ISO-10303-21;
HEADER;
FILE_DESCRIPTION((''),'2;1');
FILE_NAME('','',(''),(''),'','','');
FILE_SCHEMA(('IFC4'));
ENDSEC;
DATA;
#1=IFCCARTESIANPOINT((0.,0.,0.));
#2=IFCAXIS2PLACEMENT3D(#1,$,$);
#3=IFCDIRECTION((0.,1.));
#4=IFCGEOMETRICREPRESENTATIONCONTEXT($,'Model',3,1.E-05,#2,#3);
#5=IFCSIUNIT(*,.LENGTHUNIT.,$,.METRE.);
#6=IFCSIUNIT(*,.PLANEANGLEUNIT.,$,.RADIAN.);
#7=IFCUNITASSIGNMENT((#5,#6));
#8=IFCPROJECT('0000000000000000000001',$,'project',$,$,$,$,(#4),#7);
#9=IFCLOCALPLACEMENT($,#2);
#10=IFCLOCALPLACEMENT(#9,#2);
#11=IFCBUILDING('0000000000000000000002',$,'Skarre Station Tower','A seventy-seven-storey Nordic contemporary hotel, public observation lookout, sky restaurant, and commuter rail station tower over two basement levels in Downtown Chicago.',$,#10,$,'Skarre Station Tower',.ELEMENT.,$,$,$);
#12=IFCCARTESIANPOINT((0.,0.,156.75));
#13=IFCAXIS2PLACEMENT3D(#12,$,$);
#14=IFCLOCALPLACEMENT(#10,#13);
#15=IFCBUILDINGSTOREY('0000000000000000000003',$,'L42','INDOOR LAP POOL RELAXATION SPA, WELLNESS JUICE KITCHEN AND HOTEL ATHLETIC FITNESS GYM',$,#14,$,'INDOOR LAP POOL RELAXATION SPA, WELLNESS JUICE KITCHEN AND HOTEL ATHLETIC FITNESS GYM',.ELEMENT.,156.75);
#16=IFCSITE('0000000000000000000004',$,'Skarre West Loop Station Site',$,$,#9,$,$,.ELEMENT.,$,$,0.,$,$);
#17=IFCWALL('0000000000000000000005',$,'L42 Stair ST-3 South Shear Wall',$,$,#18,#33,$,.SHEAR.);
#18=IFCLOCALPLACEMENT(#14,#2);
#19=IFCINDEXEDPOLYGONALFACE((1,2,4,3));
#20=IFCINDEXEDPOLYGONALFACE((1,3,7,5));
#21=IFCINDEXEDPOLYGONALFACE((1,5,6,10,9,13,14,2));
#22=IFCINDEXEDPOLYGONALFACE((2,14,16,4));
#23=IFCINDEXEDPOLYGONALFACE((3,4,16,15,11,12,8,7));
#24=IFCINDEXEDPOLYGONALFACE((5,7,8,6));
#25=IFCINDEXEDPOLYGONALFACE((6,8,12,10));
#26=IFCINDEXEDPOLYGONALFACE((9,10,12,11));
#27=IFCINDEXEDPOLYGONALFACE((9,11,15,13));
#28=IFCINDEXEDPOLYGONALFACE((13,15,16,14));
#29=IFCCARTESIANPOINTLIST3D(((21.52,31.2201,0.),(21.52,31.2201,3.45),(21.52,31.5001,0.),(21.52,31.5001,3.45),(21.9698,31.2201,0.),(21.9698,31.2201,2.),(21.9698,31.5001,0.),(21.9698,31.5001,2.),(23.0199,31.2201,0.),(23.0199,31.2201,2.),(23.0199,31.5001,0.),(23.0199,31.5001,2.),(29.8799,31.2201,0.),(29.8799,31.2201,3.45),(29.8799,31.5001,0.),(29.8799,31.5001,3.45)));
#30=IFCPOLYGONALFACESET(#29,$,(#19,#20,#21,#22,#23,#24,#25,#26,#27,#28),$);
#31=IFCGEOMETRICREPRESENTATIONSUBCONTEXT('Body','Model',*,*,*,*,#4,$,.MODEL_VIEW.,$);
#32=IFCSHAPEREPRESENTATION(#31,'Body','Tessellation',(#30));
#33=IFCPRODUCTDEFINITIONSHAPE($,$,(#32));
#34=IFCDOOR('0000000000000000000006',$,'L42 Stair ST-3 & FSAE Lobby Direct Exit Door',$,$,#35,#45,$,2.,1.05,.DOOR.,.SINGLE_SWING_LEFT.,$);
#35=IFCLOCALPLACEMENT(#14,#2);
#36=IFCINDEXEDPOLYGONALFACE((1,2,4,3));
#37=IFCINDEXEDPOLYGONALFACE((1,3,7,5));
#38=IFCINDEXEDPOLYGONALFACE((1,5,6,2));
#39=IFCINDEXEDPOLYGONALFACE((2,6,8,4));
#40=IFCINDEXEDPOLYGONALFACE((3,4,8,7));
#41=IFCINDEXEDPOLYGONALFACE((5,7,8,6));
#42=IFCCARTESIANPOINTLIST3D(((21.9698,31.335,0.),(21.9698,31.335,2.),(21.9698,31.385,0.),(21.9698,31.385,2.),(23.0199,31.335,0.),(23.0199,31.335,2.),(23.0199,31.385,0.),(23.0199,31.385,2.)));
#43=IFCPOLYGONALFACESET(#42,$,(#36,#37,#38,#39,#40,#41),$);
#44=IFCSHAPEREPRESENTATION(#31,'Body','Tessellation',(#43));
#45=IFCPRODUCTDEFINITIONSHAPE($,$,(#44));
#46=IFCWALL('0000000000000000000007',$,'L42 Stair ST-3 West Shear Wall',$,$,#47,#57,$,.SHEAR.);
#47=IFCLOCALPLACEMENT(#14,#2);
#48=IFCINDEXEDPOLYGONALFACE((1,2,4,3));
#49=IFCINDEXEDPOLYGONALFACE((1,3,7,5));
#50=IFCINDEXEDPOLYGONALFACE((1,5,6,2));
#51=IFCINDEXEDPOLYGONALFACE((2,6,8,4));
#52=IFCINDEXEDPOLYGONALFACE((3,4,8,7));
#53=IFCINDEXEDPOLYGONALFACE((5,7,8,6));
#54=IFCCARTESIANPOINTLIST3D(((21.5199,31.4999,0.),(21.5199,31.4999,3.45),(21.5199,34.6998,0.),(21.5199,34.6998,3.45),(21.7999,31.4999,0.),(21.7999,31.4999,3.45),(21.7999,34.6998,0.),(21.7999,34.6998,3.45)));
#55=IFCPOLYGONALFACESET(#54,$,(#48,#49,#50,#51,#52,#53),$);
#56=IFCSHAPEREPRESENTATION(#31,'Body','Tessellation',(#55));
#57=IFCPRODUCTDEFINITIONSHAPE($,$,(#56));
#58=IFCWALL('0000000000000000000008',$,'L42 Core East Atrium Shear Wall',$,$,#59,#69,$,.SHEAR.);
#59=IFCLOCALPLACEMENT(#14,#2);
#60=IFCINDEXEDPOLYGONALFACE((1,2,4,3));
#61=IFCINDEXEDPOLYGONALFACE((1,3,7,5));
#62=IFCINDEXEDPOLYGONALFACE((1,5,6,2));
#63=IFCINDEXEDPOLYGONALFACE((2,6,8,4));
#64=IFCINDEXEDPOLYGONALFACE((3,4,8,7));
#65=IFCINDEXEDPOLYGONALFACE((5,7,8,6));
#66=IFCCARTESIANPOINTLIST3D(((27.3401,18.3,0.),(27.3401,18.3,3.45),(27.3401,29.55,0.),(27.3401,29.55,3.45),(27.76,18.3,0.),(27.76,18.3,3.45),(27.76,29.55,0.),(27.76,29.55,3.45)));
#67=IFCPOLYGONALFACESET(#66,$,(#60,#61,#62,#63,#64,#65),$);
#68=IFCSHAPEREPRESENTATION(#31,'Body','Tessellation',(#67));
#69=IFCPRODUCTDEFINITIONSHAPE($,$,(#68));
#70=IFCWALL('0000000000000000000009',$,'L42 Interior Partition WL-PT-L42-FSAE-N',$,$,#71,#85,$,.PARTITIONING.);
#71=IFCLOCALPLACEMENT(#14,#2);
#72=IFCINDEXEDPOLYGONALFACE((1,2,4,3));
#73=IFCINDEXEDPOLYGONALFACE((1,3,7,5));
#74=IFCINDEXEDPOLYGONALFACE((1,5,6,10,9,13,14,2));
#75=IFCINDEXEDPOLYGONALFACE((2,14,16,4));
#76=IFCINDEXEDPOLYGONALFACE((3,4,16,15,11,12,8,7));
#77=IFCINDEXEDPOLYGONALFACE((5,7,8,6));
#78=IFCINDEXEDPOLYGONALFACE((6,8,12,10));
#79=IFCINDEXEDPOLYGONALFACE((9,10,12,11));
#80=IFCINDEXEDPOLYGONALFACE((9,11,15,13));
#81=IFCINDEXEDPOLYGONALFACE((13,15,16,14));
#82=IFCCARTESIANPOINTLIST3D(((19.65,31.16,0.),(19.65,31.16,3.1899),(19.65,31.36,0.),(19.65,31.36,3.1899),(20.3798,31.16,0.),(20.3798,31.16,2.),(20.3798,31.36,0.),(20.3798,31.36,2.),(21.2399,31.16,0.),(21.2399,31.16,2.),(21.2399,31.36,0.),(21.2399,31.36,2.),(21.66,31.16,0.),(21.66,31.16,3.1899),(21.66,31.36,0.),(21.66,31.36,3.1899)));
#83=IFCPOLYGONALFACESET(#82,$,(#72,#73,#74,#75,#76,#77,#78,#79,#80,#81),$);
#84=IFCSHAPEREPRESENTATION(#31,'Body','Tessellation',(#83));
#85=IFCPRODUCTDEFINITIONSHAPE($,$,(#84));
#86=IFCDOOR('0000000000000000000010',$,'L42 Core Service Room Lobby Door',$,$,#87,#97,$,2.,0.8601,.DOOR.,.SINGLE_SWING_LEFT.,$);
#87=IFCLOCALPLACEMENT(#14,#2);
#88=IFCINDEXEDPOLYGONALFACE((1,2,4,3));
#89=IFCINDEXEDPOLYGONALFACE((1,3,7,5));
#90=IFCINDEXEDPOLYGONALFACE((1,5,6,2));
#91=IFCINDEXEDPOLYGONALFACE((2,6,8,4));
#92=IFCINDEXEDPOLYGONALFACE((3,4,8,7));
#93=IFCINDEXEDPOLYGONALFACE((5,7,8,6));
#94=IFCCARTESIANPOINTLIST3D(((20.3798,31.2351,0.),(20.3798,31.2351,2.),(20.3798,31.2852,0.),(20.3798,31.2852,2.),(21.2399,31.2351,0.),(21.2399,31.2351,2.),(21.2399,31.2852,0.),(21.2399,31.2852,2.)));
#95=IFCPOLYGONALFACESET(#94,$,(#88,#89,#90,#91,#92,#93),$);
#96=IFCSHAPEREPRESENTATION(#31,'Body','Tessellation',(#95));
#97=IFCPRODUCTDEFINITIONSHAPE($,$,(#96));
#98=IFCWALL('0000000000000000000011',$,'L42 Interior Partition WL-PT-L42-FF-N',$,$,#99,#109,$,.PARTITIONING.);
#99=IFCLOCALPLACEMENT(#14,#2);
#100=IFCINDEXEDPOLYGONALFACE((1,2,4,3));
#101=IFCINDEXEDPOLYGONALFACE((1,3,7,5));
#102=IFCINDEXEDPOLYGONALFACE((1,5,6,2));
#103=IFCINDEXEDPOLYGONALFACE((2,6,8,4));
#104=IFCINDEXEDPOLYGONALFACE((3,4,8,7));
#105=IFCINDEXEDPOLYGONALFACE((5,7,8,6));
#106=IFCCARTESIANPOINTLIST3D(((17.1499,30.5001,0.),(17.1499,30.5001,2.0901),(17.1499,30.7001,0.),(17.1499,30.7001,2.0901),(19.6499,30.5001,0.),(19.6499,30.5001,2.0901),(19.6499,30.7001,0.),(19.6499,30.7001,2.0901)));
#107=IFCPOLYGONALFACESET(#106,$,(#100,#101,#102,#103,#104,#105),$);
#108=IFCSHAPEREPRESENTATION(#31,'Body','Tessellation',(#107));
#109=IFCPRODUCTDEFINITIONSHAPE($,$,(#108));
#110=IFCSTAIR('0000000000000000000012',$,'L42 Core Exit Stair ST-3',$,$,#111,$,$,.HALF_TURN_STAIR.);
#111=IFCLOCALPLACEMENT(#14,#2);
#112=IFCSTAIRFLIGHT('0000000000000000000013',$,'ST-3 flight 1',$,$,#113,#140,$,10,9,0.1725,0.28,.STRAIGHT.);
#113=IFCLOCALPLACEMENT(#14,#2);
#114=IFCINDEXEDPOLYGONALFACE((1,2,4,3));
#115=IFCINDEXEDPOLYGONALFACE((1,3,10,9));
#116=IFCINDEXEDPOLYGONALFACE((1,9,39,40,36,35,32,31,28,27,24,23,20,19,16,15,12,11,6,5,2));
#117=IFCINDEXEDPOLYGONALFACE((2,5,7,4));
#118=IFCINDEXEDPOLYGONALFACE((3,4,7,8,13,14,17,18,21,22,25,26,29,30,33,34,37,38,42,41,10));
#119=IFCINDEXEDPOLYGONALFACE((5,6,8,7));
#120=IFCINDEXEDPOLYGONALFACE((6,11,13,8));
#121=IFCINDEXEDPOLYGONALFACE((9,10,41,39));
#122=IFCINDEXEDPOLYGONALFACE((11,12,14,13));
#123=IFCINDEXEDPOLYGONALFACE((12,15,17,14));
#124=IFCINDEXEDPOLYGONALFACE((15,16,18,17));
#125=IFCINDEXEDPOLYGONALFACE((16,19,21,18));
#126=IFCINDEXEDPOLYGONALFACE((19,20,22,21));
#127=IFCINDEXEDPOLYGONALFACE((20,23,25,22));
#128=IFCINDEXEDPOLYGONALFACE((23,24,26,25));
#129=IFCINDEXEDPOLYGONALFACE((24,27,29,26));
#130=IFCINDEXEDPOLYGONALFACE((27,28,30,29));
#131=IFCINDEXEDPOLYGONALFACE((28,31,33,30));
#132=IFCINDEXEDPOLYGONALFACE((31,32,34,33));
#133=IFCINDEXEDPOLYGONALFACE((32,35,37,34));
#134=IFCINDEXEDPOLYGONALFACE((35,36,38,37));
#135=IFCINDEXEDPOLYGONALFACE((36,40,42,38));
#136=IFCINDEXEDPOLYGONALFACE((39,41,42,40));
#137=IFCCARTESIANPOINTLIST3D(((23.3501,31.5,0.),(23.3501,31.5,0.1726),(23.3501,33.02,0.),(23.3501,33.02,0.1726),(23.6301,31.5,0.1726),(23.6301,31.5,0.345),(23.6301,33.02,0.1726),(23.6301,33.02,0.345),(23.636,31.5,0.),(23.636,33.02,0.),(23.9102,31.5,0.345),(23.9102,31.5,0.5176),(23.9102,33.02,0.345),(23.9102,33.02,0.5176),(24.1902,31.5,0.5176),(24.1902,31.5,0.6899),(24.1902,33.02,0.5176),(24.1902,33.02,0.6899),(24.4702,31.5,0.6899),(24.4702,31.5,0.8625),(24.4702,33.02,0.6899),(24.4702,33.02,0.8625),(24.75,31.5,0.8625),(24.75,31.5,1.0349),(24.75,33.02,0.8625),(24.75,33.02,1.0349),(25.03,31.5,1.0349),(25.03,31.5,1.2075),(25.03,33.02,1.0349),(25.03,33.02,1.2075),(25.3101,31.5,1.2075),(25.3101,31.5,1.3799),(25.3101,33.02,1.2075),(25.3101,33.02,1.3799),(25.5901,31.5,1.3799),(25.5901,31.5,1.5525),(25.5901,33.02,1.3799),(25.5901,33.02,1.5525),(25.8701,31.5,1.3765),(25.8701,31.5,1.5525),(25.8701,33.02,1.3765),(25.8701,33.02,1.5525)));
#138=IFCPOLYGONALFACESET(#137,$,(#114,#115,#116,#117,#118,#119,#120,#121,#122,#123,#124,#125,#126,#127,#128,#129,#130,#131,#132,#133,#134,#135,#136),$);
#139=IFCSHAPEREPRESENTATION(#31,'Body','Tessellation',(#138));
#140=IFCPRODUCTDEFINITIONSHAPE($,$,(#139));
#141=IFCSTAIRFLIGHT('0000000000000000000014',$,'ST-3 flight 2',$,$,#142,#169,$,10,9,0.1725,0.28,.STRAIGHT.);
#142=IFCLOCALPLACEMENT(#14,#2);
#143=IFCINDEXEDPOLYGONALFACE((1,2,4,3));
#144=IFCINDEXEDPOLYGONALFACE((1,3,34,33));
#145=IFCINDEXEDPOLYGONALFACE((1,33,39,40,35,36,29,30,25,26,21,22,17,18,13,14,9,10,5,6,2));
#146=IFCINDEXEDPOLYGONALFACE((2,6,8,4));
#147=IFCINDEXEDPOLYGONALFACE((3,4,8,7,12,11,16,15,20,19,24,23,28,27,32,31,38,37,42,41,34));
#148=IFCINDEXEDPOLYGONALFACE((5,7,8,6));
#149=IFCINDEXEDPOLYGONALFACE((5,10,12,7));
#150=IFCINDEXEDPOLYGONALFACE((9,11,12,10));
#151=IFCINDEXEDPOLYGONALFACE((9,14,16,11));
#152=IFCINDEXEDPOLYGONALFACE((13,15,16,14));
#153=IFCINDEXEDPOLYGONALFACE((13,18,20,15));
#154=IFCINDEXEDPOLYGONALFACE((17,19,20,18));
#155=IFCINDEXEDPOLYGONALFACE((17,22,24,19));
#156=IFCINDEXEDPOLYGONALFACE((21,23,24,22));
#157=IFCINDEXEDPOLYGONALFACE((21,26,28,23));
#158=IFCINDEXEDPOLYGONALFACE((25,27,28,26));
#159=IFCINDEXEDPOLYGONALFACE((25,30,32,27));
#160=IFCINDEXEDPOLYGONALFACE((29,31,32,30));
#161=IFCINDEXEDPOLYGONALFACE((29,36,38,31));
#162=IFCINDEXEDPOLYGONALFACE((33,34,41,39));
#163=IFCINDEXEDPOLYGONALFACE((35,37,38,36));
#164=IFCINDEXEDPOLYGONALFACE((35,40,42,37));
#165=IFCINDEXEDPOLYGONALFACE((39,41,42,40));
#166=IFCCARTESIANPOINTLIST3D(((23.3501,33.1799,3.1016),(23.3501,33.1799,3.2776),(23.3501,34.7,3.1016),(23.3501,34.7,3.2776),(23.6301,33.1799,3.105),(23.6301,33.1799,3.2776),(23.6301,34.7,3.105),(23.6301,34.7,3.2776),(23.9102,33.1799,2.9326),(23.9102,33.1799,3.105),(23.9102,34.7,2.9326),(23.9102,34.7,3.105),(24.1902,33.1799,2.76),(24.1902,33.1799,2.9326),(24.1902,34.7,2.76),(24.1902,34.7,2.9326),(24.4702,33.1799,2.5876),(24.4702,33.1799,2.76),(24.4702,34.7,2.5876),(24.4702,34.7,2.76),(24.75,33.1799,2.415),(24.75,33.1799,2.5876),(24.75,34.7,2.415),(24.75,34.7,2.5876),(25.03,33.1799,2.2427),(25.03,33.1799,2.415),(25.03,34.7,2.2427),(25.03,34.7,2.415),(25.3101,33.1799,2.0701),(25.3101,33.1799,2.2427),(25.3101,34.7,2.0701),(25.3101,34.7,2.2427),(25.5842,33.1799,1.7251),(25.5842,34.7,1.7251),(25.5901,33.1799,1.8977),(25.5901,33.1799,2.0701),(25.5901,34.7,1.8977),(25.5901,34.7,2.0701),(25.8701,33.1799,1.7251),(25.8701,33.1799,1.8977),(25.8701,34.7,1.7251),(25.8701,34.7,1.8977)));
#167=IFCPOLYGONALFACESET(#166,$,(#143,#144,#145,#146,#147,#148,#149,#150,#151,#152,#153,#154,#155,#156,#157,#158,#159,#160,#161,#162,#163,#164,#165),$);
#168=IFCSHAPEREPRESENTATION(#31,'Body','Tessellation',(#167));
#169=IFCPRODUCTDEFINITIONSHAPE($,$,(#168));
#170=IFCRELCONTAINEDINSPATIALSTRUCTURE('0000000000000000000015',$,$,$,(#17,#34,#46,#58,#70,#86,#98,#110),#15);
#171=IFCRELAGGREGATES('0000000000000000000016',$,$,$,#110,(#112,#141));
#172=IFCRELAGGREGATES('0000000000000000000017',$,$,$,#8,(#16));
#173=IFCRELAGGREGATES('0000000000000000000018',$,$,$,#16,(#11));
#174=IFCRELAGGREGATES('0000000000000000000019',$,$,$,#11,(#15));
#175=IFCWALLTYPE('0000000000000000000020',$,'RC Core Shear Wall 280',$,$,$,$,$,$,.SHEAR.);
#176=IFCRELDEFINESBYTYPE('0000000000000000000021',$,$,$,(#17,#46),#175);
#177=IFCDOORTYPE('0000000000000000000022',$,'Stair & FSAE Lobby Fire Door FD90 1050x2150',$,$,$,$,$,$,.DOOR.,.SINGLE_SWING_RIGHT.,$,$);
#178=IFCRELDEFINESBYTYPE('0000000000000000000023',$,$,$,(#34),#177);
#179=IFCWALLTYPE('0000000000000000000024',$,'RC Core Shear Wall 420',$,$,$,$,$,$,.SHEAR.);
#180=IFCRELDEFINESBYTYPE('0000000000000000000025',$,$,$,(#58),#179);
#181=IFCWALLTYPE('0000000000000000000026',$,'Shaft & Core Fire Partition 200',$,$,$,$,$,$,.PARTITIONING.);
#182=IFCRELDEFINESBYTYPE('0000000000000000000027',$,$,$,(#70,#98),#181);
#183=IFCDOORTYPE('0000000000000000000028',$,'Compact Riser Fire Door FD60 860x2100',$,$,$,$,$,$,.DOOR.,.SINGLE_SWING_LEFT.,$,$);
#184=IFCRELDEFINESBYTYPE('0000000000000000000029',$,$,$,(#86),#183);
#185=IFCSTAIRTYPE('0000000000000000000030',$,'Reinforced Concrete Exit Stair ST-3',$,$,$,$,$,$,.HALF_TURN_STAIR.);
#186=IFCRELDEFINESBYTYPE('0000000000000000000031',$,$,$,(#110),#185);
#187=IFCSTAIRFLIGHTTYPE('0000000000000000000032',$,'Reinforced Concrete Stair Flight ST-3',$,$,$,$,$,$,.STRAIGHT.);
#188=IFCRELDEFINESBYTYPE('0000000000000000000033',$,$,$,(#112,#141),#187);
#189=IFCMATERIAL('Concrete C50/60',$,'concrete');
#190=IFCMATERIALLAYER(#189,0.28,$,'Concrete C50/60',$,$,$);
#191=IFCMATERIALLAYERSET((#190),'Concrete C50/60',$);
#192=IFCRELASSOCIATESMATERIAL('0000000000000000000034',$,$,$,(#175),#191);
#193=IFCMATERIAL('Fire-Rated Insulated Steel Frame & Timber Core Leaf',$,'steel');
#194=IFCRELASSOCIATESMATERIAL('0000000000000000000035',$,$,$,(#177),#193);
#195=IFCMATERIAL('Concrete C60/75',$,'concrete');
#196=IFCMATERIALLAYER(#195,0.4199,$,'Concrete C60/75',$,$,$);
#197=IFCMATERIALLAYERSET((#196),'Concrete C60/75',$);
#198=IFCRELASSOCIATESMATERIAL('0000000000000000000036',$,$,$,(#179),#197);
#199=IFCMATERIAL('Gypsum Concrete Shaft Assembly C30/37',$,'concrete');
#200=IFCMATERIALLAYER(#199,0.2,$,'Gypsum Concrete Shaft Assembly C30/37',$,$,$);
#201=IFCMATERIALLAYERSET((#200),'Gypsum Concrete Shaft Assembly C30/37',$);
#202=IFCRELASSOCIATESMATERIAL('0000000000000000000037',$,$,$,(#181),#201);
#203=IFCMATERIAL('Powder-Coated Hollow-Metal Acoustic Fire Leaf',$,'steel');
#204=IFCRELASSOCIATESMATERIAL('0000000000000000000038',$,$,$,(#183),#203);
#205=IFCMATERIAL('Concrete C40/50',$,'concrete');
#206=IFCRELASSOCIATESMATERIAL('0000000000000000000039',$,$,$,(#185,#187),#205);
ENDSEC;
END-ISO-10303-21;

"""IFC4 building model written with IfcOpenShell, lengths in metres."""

from ifc_helpers import new_model, si_unit, direction, frame, frame_2d, origin, place, context, subcontext, project, spatial, polyline, rectangle, outline, extrude, material, layer, layer_set, type_object, element, fill, aggregate, save


model = new_model("IFC4")

# Units and contexts
model_context = context("Model", 3, precision=1e-05, world=origin(), true_north=direction((0.0, 1.0)))
body_context = subcontext(model_context, "Body", "Model", "MODEL_VIEW")
ifc_project = project(units=[si_unit("LENGTHUNIT", "METRE"), si_unit("PLANEANGLEUNIT", "RADIAN")], contexts=[model_context])

# Site, building, storey
site_placement = place(None, origin())
site = spatial("IfcSite", under=ifc_project, at=site_placement, Name="Skarre West Loop Station Site", CompositionType="ELEMENT", RefElevation=0.0)
building_placement = place(site_placement, origin())
building = spatial("IfcBuilding", under=site, at=building_placement, Name="Skarre Station Tower", Description="A seventy-seven-storey Nordic contemporary hotel, public observation lookout, sky restaurant, and commuter rail station tower over two basement levels in Downtown Chicago.", LongName="Skarre Station Tower", CompositionType="ELEMENT")
storey_placement = place(building_placement, frame((0.0, 0.0, 156.75)))
storey = spatial("IfcBuildingStorey", under=building, at=storey_placement, Name="L42", Description="INDOOR LAP POOL RELAXATION SPA, WELLNESS JUICE KITCHEN AND HOTEL ATHLETIC FITNESS GYM", LongName="INDOOR LAP POOL RELAXATION SPA, WELLNESS JUICE KITCHEN AND HOTEL ATHLETIC FITNESS GYM", CompositionType="ELEMENT", Elevation=156.75)

# Shared definitions
ifc_material_1 = material(Name="Concrete C60/75", Category="concrete")

# Wall, opening, door
ifc_material_2 = material(Name="Concrete C50/60", Category="concrete")
ifc_layer_1 = layer(ifc_material_2, 0.28, Name="Concrete C50/60")
ifc_layer_set_1 = layer_set([ifc_layer_1], Name="Concrete C50/60")
wall_type_1 = type_object("IfcWallType", Name="RC Core Shear Wall 280", PredefinedType="SHEAR", material=ifc_layer_set_1)
wall_1_placement = place(storey_placement, frame((21.52, 31.3601, 0.0), z_axis=(0.0, 0.0, 1.0), x_axis=(1.0, 0.0, 0.0)))
wall_1 = element("IfcWall", 1, at=wall_1_placement, inside=storey, type_object=wall_type_1, Name="L42 Stair ST-3 South Shear Wall", PredefinedType="SHEAR", context=body_context, shape_type="SweptSolid", body=[
    extrude(rectangle(XDim=8.3599, YDim=0.28, at=frame_2d((4.1799, 0.0))), origin(), (0.0, 0.0, 1.0), 3.45),
])
opening_1_placement = place(wall_1_placement, frame((0.45, 0.0, 0.0)))
opening_1 = element("IfcOpeningElement", 2, at=opening_1_placement, cuts=wall_1, PredefinedType="OPENING", context=body_context, shape_type="SweptSolid", body=[
    extrude(rectangle(XDim=1.05, YDim=2.0, at=frame_2d((0.5249, 1.0))), frame((0.0, 0.1499, 0.0), z_axis=(0.0, -1.0, 0.0), x_axis=(1.0, 0.0, 0.0)), (0.0, 0.0, 1.0), 0.3),
])
ifc_material_3 = material(Name="Fire-Rated Insulated Steel Frame & Timber Core Leaf", Category="steel")
door_type_1 = type_object("IfcDoorType", Name="Stair & FSAE Lobby Fire Door FD90 1050x2150", OperationType="SINGLE_SWING_RIGHT", PredefinedType="DOOR", material=ifc_material_3)
door_1_placement = place(opening_1_placement, origin())
door_1 = element("IfcDoor", 3, at=door_1_placement, inside=storey, type_object=door_type_1, Name="L42 Stair ST-3 & FSAE Lobby Direct Exit Door", OperationType="SINGLE_SWING_LEFT", OverallHeight=2.0, OverallWidth=1.05, PredefinedType="DOOR", context=body_context, shape_type="SweptSolid", body=[
    extrude(rectangle(XDim=1.05, YDim=2.0, at=frame_2d((0.5249, 1.0))), frame((0.0, 0.0249, 0.0), z_axis=(0.0, -1.0, 0.0), x_axis=(1.0, 0.0, 0.0)), (0.0, 0.0, 1.0), 0.05),
])
fill(opening_1, door_1)

# Walls
wall_2_placement = place(storey_placement, frame((21.6599, 34.7, 0.0), z_axis=(0.0, 0.0, 1.0), x_axis=(0.0, -1.0, 0.0)))
element("IfcWall", 4, at=wall_2_placement, inside=storey, type_object=wall_type_1, Name="L42 Stair ST-3 West Shear Wall", PredefinedType="SHEAR", context=body_context, shape_type="SweptSolid", body=[
    extrude(rectangle(XDim=3.2, YDim=0.28, at=frame_2d((1.6001, 0.0))), origin(), (0.0, 0.0, 1.0), 3.45),
])
ifc_layer_2 = layer(ifc_material_1, 0.4199, Name="Concrete C60/75")
ifc_layer_set_2 = layer_set([ifc_layer_2], Name="Concrete C60/75")
wall_type_2 = type_object("IfcWallType", Name="RC Core Shear Wall 420", PredefinedType="SHEAR", material=ifc_layer_set_2)
wall_3_placement = place(storey_placement, frame((27.55, 29.55, 0.0), z_axis=(0.0, 0.0, 1.0), x_axis=(0.0, -1.0, 0.0)))
element("IfcWall", 5, at=wall_3_placement, inside=storey, type_object=wall_type_2, Name="L42 Core East Atrium Shear Wall", PredefinedType="SHEAR", context=body_context, shape_type="SweptSolid", body=[
    extrude(rectangle(XDim=11.25, YDim=0.4199, at=frame_2d((5.625, 0.0))), origin(), (0.0, 0.0, 1.0), 3.45),
])

# Wall, opening, door
ifc_material_4 = material(Name="Gypsum Concrete Shaft Assembly C30/37", Category="concrete")
ifc_layer_3 = layer(ifc_material_4, 0.2, Name="Gypsum Concrete Shaft Assembly C30/37")
ifc_layer_set_3 = layer_set([ifc_layer_3], Name="Gypsum Concrete Shaft Assembly C30/37")
wall_type_3 = type_object("IfcWallType", Name="Shaft & Core Fire Partition 200", PredefinedType="PARTITIONING", material=ifc_layer_set_3)
wall_4_placement = place(storey_placement, frame((21.6599, 31.26, 0.0), z_axis=(0.0, 0.0, 1.0), x_axis=(-1.0, 0.0, 0.0)))
wall_4 = element("IfcWall", 6, at=wall_4_placement, inside=storey, type_object=wall_type_3, Name="L42 Interior Partition WL-PT-L42-FSAE-N", PredefinedType="PARTITIONING", context=body_context, shape_type="SweptSolid", body=[
    extrude(rectangle(XDim=2.01, YDim=0.2, at=frame_2d((1.0049, 0.0))), origin(), (0.0, 0.0, 1.0), 3.1899),
])
opening_2_placement = place(wall_4_placement, frame((0.4199, 0.0, 0.0)))
opening_2 = element("IfcOpeningElement", 7, at=opening_2_placement, cuts=wall_4, PredefinedType="OPENING", context=body_context, shape_type="SweptSolid", body=[
    extrude(rectangle(XDim=0.8601, YDim=2.0, at=frame_2d((0.4302, 1.0))), frame((0.0, 0.1099, 0.0), z_axis=(0.0, -1.0, 0.0), x_axis=(1.0, 0.0, 0.0)), (0.0, 0.0, 1.0), 0.22),
])
ifc_material_5 = material(Name="Powder-Coated Hollow-Metal Acoustic Fire Leaf", Category="steel")
door_type_2 = type_object("IfcDoorType", Name="Compact Riser Fire Door FD60 860x2100", OperationType="SINGLE_SWING_LEFT", PredefinedType="DOOR", material=ifc_material_5)
door_2_placement = place(opening_2_placement, origin())
door_2 = element("IfcDoor", 8, at=door_2_placement, inside=storey, type_object=door_type_2, Name="L42 Core Service Room Lobby Door", OperationType="SINGLE_SWING_LEFT", OverallHeight=2.0, OverallWidth=0.8601, PredefinedType="DOOR", context=body_context, shape_type="SweptSolid", body=[
    extrude(rectangle(XDim=0.8601, YDim=2.0, at=frame_2d((0.4302, 1.0))), frame((0.0, 0.0249, 0.0), z_axis=(0.0, -1.0, 0.0), x_axis=(1.0, 0.0, 0.0)), (0.0, 0.0, 1.0), 0.05),
])
fill(opening_2, door_2)

# Wall
wall_5_placement = place(storey_placement, frame((19.6499, 30.6001, 0.0), z_axis=(0.0, 0.0, 1.0), x_axis=(-1.0, 0.0, 0.0)))
element("IfcWall", 9, at=wall_5_placement, inside=storey, type_object=wall_type_3, Name="L42 Interior Partition WL-PT-L42-FF-N", PredefinedType="PARTITIONING", context=body_context, shape_type="SweptSolid", body=[
    extrude(rectangle(XDim=2.5, YDim=0.2, at=frame_2d((1.25, 0.0))), origin(), (0.0, 0.0, 1.0), 2.0901),
])

# Stair, stair flights
ifc_material_6 = material(Name="Concrete C40/50", Category="concrete")
stair_type = type_object("IfcStairType", Name="Reinforced Concrete Exit Stair ST-3", PredefinedType="HALF_TURN_STAIR", material=ifc_material_6)
stair_placement = place(storey_placement, origin())
stair = element("IfcStair", 10, at=stair_placement, inside=storey, type_object=stair_type, Name="L42 Core Exit Stair ST-3", PredefinedType="HALF_TURN_STAIR")
stair_flight_type = type_object("IfcStairFlightType", Name="Reinforced Concrete Stair Flight ST-3", PredefinedType="STRAIGHT", material=ifc_material_6)
stair_flight_1_placement = place(storey_placement, frame((23.3501, 32.26, 0.0), z_axis=(0.0, 0.0, 1.0), x_axis=(1.0, 0.0, 0.0)))
stair_flight_1 = element("IfcStairFlight", 11, at=stair_flight_1_placement, type_object=stair_flight_type, Name="ST-3 flight 1", NumberOfRisers=10, NumberOfTreads=9, PredefinedType="STRAIGHT", RiserHeight=0.1725, TreadLength=0.28, context=body_context, shape_type="SweptSolid", body=[
    extrude(outline(polyline([(0.0, 0.0), (0.0, 0.1726), (0.28, 0.1726), (0.28, 0.345), (0.5601, 0.345), (0.5601, 0.5176), (0.8401, 0.5176), (0.8401, 0.6899), (1.1201, 0.6899), (1.1201, 0.8625), (1.3999, 0.8625), (1.3999, 1.0349), (1.6799, 1.0349), (1.6799, 1.2075), (1.96, 1.2075), (1.96, 1.3799), (2.24, 1.3799), (2.24, 1.5525), (2.52, 1.5525), (2.52, 1.7251), (2.52, 1.3765), (0.2859, 0.0), (0.0, 0.0)])), frame((0.0, 0.76, 0.0), z_axis=(0.0, -1.0, 0.0), x_axis=(1.0, 0.0, 0.0)), (0.0, 0.0, 1.0), 1.52),
])
stair_flight_2_placement = place(storey_placement, frame((25.8701, 33.9399, 1.7251), z_axis=(0.0, 0.0, 1.0), x_axis=(-1.0, 0.0, 0.0)))
stair_flight_2 = element("IfcStairFlight", 12, at=stair_flight_2_placement, type_object=stair_flight_type, Name="ST-3 flight 2", NumberOfRisers=10, NumberOfTreads=9, PredefinedType="STRAIGHT", RiserHeight=0.1725, TreadLength=0.28, context=body_context, shape_type="SweptSolid", body=[
    extrude(outline(polyline([(0.0, 0.0), (0.0, 0.1726), (0.28, 0.1726), (0.28, 0.345), (0.5601, 0.345), (0.5601, 0.5176), (0.8401, 0.5176), (0.8401, 0.6899), (1.1201, 0.6899), (1.1201, 0.8625), (1.3999, 0.8625), (1.3999, 1.0349), (1.6799, 1.0349), (1.6799, 1.2075), (1.96, 1.2075), (1.96, 1.3799), (2.24, 1.3799), (2.24, 1.5525), (2.52, 1.5525), (2.52, 1.7251), (2.52, 1.3765), (0.2859, 0.0), (0.0, 0.0)])), frame((0.0, 0.76, 0.0), z_axis=(0.0, -1.0, 0.0), x_axis=(1.0, 0.0, 0.0)), (0.0, 0.0, 1.0), 1.52),
])
aggregate(stair, [stair_flight_1, stair_flight_2])

save(model, "model.ifc")
